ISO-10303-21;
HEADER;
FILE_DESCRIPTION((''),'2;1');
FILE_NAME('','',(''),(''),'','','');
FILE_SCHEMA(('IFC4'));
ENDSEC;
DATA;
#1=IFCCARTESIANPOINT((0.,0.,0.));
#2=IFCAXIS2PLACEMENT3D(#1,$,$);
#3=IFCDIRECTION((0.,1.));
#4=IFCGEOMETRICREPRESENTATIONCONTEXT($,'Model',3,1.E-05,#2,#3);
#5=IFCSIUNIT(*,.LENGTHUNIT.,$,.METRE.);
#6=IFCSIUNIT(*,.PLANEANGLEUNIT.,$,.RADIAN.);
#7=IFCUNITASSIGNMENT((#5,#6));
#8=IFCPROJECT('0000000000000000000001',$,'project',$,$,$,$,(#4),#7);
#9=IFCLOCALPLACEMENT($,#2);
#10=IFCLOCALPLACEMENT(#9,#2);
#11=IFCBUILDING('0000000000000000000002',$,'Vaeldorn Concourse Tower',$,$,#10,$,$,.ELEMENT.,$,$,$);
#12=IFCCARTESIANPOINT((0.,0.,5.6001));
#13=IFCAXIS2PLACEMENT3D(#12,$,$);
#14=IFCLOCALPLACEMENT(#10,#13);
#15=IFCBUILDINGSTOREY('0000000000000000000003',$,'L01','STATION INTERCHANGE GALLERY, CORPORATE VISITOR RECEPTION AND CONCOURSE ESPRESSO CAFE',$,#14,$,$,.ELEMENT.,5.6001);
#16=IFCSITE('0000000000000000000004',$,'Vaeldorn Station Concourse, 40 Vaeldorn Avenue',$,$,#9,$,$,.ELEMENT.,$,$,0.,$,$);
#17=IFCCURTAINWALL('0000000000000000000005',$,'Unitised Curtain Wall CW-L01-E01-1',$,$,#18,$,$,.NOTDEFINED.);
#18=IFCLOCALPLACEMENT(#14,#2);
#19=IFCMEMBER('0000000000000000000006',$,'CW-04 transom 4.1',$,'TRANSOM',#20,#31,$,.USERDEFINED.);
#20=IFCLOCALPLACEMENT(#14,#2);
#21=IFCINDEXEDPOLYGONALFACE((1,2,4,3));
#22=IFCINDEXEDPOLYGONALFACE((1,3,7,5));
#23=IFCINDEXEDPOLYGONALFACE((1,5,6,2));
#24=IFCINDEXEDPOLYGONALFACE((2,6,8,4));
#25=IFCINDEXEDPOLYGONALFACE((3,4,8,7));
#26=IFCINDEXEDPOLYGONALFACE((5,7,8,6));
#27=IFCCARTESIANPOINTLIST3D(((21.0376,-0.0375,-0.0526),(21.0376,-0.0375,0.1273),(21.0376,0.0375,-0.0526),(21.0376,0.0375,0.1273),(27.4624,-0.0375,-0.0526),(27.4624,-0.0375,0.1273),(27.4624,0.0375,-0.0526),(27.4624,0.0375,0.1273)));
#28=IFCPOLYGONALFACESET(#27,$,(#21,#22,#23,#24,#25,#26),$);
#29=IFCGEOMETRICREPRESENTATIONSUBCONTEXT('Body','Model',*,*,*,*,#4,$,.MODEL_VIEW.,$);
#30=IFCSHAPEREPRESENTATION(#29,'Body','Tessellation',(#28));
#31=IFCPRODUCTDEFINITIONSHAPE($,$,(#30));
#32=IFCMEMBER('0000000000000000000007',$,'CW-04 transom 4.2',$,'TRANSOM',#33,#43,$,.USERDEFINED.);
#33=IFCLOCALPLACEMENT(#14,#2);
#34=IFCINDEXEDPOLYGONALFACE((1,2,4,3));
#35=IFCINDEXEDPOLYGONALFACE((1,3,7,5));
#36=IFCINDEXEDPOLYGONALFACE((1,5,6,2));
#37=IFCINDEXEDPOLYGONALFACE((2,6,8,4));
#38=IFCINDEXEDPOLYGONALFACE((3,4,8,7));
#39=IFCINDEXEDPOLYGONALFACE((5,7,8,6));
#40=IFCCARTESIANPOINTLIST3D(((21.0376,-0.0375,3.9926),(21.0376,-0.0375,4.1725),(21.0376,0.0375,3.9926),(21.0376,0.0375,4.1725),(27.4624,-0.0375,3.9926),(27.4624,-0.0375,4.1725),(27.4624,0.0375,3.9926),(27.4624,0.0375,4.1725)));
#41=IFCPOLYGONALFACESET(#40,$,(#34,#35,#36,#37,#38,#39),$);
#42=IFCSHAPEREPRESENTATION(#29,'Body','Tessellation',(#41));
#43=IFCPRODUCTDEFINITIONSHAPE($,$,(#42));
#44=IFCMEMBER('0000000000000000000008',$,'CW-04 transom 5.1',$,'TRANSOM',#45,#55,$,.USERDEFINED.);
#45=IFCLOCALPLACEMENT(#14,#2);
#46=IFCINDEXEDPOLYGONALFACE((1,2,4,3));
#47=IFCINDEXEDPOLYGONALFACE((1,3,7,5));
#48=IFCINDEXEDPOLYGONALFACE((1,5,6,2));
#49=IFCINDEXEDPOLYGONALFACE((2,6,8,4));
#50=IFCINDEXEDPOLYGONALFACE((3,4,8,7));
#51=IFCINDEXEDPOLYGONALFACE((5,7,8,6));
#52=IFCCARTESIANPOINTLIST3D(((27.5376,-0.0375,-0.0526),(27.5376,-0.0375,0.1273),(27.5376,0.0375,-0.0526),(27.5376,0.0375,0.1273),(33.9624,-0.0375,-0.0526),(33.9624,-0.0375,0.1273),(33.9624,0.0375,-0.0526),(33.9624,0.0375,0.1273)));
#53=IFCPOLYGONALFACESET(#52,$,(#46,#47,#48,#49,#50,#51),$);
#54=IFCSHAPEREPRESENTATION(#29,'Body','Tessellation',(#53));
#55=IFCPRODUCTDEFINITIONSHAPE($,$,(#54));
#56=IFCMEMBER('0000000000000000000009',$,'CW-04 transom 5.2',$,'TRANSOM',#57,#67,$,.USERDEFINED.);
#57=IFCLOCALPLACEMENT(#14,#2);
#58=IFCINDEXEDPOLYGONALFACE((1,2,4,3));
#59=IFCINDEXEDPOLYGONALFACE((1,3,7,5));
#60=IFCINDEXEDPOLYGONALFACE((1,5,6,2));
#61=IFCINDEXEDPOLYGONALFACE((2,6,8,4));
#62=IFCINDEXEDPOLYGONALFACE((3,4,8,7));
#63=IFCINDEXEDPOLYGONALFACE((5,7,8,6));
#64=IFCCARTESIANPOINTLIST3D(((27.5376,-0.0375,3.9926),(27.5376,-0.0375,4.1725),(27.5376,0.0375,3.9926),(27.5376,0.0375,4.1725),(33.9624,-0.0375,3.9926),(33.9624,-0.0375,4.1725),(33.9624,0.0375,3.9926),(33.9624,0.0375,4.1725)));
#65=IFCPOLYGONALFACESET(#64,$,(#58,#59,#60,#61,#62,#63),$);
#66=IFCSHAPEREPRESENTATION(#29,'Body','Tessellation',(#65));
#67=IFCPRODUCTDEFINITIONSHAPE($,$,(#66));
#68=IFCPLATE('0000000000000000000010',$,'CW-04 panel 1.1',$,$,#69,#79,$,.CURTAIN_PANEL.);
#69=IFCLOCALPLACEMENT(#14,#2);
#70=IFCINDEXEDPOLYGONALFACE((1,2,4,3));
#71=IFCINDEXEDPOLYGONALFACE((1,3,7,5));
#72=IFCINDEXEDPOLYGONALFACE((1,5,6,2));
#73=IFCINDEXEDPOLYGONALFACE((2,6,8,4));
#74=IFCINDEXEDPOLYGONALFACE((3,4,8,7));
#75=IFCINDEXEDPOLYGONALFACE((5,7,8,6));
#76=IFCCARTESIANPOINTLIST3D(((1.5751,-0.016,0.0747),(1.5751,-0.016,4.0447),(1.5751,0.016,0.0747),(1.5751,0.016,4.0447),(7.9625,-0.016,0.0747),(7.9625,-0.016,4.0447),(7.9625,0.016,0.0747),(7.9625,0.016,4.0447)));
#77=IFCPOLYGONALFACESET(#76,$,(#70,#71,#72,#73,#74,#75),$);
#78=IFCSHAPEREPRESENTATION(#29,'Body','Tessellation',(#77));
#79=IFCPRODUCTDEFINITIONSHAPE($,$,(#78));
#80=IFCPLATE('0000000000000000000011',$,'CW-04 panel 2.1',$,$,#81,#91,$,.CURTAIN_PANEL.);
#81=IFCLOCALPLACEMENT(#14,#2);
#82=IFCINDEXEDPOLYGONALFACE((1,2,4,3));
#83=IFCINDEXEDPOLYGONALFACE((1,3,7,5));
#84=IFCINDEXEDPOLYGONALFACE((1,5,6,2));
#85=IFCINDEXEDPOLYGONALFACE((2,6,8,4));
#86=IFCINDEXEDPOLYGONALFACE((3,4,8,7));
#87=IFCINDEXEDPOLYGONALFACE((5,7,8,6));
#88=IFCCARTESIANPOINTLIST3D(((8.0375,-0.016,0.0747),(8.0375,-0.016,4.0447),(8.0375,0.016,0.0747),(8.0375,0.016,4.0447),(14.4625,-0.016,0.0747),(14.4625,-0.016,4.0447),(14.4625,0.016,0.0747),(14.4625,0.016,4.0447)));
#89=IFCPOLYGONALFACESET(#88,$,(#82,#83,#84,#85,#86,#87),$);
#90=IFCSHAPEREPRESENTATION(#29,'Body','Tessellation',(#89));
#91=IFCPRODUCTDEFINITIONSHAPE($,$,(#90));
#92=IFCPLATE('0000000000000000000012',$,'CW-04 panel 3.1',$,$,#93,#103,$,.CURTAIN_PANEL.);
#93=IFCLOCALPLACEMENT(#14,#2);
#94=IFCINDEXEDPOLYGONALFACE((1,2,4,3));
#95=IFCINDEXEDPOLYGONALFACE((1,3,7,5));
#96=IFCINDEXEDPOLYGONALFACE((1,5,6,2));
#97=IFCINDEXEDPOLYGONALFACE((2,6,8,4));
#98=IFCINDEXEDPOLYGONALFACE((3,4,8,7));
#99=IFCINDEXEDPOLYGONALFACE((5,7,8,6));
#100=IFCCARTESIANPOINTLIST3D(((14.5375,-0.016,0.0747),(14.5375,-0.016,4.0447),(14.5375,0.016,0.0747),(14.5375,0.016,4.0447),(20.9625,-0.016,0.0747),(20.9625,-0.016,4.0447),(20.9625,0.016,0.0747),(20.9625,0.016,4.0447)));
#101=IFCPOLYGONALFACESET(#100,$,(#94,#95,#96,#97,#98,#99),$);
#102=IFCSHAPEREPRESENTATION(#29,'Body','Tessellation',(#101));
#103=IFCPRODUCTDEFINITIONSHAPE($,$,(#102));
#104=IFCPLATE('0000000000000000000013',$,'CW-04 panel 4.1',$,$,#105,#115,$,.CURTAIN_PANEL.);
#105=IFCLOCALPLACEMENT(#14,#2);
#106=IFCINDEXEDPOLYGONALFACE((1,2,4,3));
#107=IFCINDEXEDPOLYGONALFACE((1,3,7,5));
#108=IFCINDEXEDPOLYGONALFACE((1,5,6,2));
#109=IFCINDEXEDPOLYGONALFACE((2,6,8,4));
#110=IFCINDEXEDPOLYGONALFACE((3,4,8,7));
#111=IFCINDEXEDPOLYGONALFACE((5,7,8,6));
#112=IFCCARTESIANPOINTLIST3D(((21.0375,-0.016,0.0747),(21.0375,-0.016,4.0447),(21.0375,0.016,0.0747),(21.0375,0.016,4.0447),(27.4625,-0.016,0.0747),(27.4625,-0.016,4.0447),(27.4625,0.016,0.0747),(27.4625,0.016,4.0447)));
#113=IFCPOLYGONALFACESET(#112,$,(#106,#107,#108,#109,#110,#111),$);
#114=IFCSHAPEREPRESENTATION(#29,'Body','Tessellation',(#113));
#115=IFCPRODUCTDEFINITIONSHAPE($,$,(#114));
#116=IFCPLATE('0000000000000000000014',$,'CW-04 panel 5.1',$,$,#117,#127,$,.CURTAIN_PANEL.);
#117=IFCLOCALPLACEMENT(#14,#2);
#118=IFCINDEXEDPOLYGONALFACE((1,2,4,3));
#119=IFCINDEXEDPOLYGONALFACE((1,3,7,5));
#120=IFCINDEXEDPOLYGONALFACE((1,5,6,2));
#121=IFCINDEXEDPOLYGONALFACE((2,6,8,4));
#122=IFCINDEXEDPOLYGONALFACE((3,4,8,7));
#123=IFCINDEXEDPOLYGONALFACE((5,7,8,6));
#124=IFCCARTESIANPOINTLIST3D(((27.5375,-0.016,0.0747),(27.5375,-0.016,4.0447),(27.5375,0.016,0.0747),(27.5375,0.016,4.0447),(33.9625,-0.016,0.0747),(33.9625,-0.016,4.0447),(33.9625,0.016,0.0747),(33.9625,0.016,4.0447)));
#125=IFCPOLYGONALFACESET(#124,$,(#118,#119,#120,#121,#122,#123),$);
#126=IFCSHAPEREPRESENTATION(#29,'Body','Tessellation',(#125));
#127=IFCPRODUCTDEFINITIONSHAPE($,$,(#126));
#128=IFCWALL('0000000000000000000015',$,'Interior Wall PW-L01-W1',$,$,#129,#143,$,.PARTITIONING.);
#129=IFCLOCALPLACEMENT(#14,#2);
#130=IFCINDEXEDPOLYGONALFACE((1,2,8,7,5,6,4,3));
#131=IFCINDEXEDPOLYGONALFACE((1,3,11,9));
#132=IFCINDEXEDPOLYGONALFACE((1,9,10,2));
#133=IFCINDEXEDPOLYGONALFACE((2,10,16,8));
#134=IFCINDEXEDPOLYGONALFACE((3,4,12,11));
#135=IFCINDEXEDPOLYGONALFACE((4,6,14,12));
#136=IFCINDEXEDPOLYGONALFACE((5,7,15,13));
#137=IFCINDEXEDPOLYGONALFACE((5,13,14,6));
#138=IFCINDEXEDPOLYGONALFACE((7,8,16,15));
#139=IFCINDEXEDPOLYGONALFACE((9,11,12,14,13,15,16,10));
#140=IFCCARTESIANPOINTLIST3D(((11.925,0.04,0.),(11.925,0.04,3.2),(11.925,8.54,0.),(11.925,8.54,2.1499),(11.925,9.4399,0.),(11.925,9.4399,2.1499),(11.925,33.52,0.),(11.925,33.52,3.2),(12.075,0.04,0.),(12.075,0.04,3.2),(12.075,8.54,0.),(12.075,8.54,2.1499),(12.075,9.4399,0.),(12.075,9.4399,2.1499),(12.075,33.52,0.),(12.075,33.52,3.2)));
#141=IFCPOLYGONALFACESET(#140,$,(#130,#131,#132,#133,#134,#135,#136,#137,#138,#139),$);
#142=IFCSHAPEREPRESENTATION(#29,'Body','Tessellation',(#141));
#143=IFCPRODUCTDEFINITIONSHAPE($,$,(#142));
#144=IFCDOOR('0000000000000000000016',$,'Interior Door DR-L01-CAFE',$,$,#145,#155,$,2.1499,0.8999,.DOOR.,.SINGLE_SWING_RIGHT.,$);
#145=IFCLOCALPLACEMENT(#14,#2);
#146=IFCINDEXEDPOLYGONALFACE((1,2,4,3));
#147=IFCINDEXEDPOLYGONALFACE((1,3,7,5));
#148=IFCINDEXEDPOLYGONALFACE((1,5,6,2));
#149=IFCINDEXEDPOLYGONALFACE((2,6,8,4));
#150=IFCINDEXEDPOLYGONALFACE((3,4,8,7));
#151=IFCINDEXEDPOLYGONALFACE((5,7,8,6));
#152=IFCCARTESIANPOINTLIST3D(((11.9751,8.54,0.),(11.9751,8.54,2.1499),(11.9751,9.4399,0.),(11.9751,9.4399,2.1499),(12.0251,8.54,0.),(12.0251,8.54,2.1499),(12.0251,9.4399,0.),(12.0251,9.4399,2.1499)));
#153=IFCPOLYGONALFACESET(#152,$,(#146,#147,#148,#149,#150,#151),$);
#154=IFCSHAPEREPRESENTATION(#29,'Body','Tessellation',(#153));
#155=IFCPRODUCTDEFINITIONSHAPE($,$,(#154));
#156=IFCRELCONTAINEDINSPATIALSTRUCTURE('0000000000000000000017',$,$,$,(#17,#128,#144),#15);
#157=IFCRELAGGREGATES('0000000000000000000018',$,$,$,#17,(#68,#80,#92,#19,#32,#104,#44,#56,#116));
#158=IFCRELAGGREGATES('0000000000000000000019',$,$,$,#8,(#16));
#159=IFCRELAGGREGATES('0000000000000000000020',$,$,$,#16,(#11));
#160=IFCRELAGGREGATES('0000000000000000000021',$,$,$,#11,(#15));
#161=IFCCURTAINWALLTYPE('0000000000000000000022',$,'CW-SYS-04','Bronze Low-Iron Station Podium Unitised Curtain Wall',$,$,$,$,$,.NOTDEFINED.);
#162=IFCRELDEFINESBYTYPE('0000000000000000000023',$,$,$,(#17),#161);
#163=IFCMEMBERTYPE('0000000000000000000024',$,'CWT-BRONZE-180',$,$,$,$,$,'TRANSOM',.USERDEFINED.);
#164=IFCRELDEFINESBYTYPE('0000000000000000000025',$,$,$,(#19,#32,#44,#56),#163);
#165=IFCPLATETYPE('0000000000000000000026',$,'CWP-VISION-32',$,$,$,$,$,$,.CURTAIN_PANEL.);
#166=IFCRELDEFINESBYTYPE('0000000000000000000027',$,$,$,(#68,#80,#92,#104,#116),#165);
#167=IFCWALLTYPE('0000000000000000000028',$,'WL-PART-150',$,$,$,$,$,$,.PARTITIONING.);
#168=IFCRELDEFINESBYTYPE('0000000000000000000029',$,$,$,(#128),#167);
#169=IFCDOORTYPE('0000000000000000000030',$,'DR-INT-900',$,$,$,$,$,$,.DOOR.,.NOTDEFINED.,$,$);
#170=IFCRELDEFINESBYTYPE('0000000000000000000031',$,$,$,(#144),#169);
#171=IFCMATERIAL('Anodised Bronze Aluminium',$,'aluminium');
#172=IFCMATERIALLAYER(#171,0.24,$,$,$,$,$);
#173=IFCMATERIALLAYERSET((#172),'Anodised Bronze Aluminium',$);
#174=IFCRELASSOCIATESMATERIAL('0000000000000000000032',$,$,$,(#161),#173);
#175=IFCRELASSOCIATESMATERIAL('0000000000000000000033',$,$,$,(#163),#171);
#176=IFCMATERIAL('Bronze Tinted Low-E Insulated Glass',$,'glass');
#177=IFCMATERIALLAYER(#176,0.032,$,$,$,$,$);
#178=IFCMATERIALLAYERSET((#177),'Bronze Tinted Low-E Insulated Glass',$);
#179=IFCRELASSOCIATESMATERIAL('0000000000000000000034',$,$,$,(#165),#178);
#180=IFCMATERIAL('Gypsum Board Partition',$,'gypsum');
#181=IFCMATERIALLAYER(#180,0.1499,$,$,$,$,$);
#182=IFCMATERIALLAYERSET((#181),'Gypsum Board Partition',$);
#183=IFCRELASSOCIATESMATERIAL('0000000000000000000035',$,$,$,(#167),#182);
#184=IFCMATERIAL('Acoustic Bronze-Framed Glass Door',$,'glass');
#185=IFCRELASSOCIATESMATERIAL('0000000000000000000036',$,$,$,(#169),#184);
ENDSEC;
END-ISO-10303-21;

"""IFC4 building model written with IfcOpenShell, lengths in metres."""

from ifc_helpers import new_model, si_unit, direction, frame, frame_2d, origin, origin_2d, place, context, subcontext, project, spatial, rectangle, extrude, source, transform, mapped, material, layer, layer_set, material_profile, profile_set, type_object, element, fill, aggregate, save


model = new_model("IFC4")

# Units and contexts
model_context = context("Model", 3, precision=1e-05, world=origin(), true_north=direction((0.0, 1.0)))
body_context = subcontext(model_context, "Body", "Model", "MODEL_VIEW")
ifc_project = project(units=[si_unit("LENGTHUNIT", "METRE"), si_unit("PLANEANGLEUNIT", "RADIAN")], contexts=[model_context])

# Site, building, storey
site_placement = place(None, origin())
site = spatial("IfcSite", under=ifc_project, at=site_placement, Name="Vaeldorn Station Concourse, 40 Vaeldorn Avenue", CompositionType="ELEMENT", RefElevation=0.0)
building_placement = place(site_placement, origin())
building = spatial("IfcBuilding", under=site, at=building_placement, Name="Vaeldorn Concourse Tower", CompositionType="ELEMENT")
storey_placement = place(building_placement, frame((0.0, 0.0, 5.6001)))
storey = spatial("IfcBuildingStorey", under=building, at=storey_placement, Name="L01", Description="STATION INTERCHANGE GALLERY, CORPORATE VISITOR RECEPTION AND CONCOURSE ESPRESSO CAFE", CompositionType="ELEMENT", Elevation=5.6001)

# Curtain wall, members, plates
ifc_material_1 = material(Name="Anodised Bronze Aluminium", Category="aluminium")
ifc_layer_1 = layer(ifc_material_1, 0.24)
ifc_layer_set_1 = layer_set([ifc_layer_1], Name="Anodised Bronze Aluminium")
curtain_wall_type = type_object("IfcCurtainWallType", Name="CW-SYS-04", Description="Bronze Low-Iron Station Podium Unitised Curtain Wall", PredefinedType="NOTDEFINED", material=ifc_layer_set_1)
curtain_wall_placement = place(storey_placement, origin())
curtain_wall = element("IfcCurtainWall", 1, at=curtain_wall_placement, inside=storey, type_object=curtain_wall_type, Name="Unitised Curtain Wall CW-L01-E01-1", PredefinedType="NOTDEFINED")
ifc_material_profile_1 = material_profile(ifc_material_1, rectangle(XDim=0.075, YDim=0.1799, at=origin_2d()), Name="CWT 75x180")
ifc_profile_set_1 = profile_set([ifc_material_profile_1], Name="Anodised Bronze Aluminium")
member_type_1 = type_object("IfcMemberType", Name="CWT-BRONZE-180", ElementType="TRANSOM", PredefinedType="USERDEFINED", material=ifc_profile_set_1)
shared_shape_1 = source(origin(), body_context, "Body", "SweptSolid", [
    extrude(rectangle(XDim=0.075, YDim=0.1799, at=origin_2d()), origin(), (0.0, 0.0, 1.0), 6.4248),
])
member_1_placement = place(storey_placement, frame((21.0376, 0.0, 0.0374), z_axis=(1.0, 0.0, 0.0), x_axis=(0.0, 1.0, 0.0)))
member_1 = element("IfcMember", 2, at=member_1_placement, type_object=member_type_1, Name="CW-04 transom 4.1", ObjectType="TRANSOM", PredefinedType="USERDEFINED", context=body_context, shape_type="MappedRepresentation", body=[
    mapped(shared_shape_1, transform((0.0, 0.0, 0.0), scale=1.0)),
])
member_2_placement = place(storey_placement, frame((21.0376, 0.0, 4.0825), z_axis=(1.0, 0.0, 0.0), x_axis=(0.0, 1.0, 0.0)))
member_2 = element("IfcMember", 3, at=member_2_placement, type_object=member_type_1, Name="CW-04 transom 4.2", ObjectType="TRANSOM", PredefinedType="USERDEFINED", context=body_context, shape_type="MappedRepresentation", body=[
    mapped(shared_shape_1, transform((0.0, 0.0, 0.0), scale=1.0)),
])
member_3_placement = place(storey_placement, frame((27.5376, 0.0, 0.0374), z_axis=(1.0, 0.0, 0.0), x_axis=(0.0, 1.0, 0.0)))
member_3 = element("IfcMember", 4, at=member_3_placement, type_object=member_type_1, Name="CW-04 transom 5.1", ObjectType="TRANSOM", PredefinedType="USERDEFINED", context=body_context, shape_type="MappedRepresentation", body=[
    mapped(shared_shape_1, transform((0.0, 0.0, 0.0), scale=1.0)),
])
member_4_placement = place(storey_placement, frame((27.5376, 0.0, 4.0825), z_axis=(1.0, 0.0, 0.0), x_axis=(0.0, 1.0, 0.0)))
member_4 = element("IfcMember", 5, at=member_4_placement, type_object=member_type_1, Name="CW-04 transom 5.2", ObjectType="TRANSOM", PredefinedType="USERDEFINED", context=body_context, shape_type="MappedRepresentation", body=[
    mapped(shared_shape_1, transform((0.0, 0.0, 0.0), scale=1.0)),
])
ifc_material_2 = material(Name="Bronze Tinted Low-E Insulated Glass", Category="glass")
ifc_layer_2 = layer(ifc_material_2, 0.032)
ifc_layer_set_2 = layer_set([ifc_layer_2], Name="Bronze Tinted Low-E Insulated Glass")
plate_type = type_object("IfcPlateType", Name="CWP-VISION-32", PredefinedType="CURTAIN_PANEL", material=ifc_layer_set_2)
shared_shape_2 = source(origin(), body_context, "Body", "SweptSolid", [
    extrude(rectangle(XDim=6.3875, YDim=0.032, at=origin_2d()), origin(), (0.0, 0.0, 1.0), 3.97),
])
plate_1_placement = place(storey_placement, frame((4.7688, 0.0, 0.0747), z_axis=(0.0, 0.0, 1.0), x_axis=(1.0, 0.0, 0.0)))
plate_1 = element("IfcPlate", 6, at=plate_1_placement, type_object=plate_type, Name="CW-04 panel 1.1", PredefinedType="CURTAIN_PANEL", context=body_context, shape_type="MappedRepresentation", body=[
    mapped(shared_shape_2, transform((0.0, 0.0, 0.0), scale=1.0)),
])
shared_shape_3 = source(origin(), body_context, "Body", "SweptSolid", [
    extrude(rectangle(XDim=6.425, YDim=0.032, at=origin_2d()), origin(), (0.0, 0.0, 1.0), 3.97),
])
plate_2_placement = place(storey_placement, frame((11.25, 0.0, 0.0747), z_axis=(0.0, 0.0, 1.0), x_axis=(1.0, 0.0, 0.0)))
plate_2 = element("IfcPlate", 7, at=plate_2_placement, type_object=plate_type, Name="CW-04 panel 2.1", PredefinedType="CURTAIN_PANEL", context=body_context, shape_type="MappedRepresentation", body=[
    mapped(shared_shape_3, transform((0.0, 0.0, 0.0), scale=1.0)),
])
plate_3_placement = place(storey_placement, frame((17.75, 0.0, 0.0747), z_axis=(0.0, 0.0, 1.0), x_axis=(1.0, 0.0, 0.0)))
plate_3 = element("IfcPlate", 8, at=plate_3_placement, type_object=plate_type, Name="CW-04 panel 3.1", PredefinedType="CURTAIN_PANEL", context=body_context, shape_type="MappedRepresentation", body=[
    mapped(shared_shape_3, transform((0.0, 0.0, 0.0), scale=1.0)),
])
plate_4_placement = place(storey_placement, frame((24.25, 0.0, 0.0747), z_axis=(0.0, 0.0, 1.0), x_axis=(1.0, 0.0, 0.0)))
plate_4 = element("IfcPlate", 9, at=plate_4_placement, type_object=plate_type, Name="CW-04 panel 4.1", PredefinedType="CURTAIN_PANEL", context=body_context, shape_type="MappedRepresentation", body=[
    mapped(shared_shape_3, transform((0.0, 0.0, 0.0), scale=1.0)),
])
plate_5_placement = place(storey_placement, frame((30.75, 0.0, 0.0747), z_axis=(0.0, 0.0, 1.0), x_axis=(1.0, 0.0, 0.0)))
plate_5 = element("IfcPlate", 10, at=plate_5_placement, type_object=plate_type, Name="CW-04 panel 5.1", PredefinedType="CURTAIN_PANEL", context=body_context, shape_type="MappedRepresentation", body=[
    mapped(shared_shape_3, transform((0.0, 0.0, 0.0), scale=1.0)),
])
aggregate(curtain_wall, [plate_1, plate_2, plate_3, member_1, member_2, plate_4, member_3, member_4, plate_5])

# Wall, opening, door
ifc_material_3 = material(Name="Gypsum Board Partition", Category="gypsum")
ifc_layer_3 = layer(ifc_material_3, 0.1499)
ifc_layer_set_3 = layer_set([ifc_layer_3], Name="Gypsum Board Partition")
wall_type = type_object("IfcWallType", Name="WL-PART-150", PredefinedType="PARTITIONING", material=ifc_layer_set_3)
wall_placement = place(storey_placement, frame((12.0, 0.04, 0.0), z_axis=(0.0, 0.0, 1.0), x_axis=(0.0, 1.0, 0.0)))
wall = element("IfcWall", 11, at=wall_placement, inside=storey, type_object=wall_type, Name="Interior Wall PW-L01-W1", PredefinedType="PARTITIONING", context=body_context, shape_type="SweptSolid", body=[
    extrude(rectangle(XDim=33.48, YDim=0.1499, at=frame_2d((16.74, 0.0))), origin(), (0.0, 0.0, 1.0), 3.2),
])
opening_placement = place(wall_placement, frame((8.5, 0.0, 0.0)))
opening = element("IfcOpeningElement", 12, at=opening_placement, cuts=wall, PredefinedType="OPENING", context=body_context, shape_type="SweptSolid", body=[
    extrude(rectangle(XDim=0.8999, YDim=2.1499, at=frame_2d((0.45, 1.075))), frame((0.0, 0.085, 0.0), z_axis=(0.0, -1.0, 0.0), x_axis=(1.0, 0.0, 0.0)), (0.0, 0.0, 1.0), 0.1699),
])
ifc_material_4 = material(Name="Acoustic Bronze-Framed Glass Door", Category="glass")
door_type = type_object("IfcDoorType", Name="DR-INT-900", OperationType="NOTDEFINED", PredefinedType="DOOR", material=ifc_material_4)
shared_shape_4 = source(origin(), body_context, "Body", "SweptSolid", [
    extrude(rectangle(XDim=0.8999, YDim=2.1499, at=frame_2d((0.45, 1.075))), frame((0.0, 0.0249, 0.0), z_axis=(0.0, -1.0, 0.0), x_axis=(1.0, 0.0, 0.0)), (0.0, 0.0, 1.0), 0.05),
])
door_placement = place(opening_placement, origin())
door = element("IfcDoor", 13, at=door_placement, inside=storey, type_object=door_type, Name="Interior Door DR-L01-CAFE", OperationType="SINGLE_SWING_RIGHT", OverallHeight=2.1499, OverallWidth=0.8999, PredefinedType="DOOR", context=body_context, shape_type="MappedRepresentation", body=[
    mapped(shared_shape_4, transform((0.0, 0.0, 0.0), scale=1.0)),
])
fill(opening, door)

save(model, "model.ifc")
